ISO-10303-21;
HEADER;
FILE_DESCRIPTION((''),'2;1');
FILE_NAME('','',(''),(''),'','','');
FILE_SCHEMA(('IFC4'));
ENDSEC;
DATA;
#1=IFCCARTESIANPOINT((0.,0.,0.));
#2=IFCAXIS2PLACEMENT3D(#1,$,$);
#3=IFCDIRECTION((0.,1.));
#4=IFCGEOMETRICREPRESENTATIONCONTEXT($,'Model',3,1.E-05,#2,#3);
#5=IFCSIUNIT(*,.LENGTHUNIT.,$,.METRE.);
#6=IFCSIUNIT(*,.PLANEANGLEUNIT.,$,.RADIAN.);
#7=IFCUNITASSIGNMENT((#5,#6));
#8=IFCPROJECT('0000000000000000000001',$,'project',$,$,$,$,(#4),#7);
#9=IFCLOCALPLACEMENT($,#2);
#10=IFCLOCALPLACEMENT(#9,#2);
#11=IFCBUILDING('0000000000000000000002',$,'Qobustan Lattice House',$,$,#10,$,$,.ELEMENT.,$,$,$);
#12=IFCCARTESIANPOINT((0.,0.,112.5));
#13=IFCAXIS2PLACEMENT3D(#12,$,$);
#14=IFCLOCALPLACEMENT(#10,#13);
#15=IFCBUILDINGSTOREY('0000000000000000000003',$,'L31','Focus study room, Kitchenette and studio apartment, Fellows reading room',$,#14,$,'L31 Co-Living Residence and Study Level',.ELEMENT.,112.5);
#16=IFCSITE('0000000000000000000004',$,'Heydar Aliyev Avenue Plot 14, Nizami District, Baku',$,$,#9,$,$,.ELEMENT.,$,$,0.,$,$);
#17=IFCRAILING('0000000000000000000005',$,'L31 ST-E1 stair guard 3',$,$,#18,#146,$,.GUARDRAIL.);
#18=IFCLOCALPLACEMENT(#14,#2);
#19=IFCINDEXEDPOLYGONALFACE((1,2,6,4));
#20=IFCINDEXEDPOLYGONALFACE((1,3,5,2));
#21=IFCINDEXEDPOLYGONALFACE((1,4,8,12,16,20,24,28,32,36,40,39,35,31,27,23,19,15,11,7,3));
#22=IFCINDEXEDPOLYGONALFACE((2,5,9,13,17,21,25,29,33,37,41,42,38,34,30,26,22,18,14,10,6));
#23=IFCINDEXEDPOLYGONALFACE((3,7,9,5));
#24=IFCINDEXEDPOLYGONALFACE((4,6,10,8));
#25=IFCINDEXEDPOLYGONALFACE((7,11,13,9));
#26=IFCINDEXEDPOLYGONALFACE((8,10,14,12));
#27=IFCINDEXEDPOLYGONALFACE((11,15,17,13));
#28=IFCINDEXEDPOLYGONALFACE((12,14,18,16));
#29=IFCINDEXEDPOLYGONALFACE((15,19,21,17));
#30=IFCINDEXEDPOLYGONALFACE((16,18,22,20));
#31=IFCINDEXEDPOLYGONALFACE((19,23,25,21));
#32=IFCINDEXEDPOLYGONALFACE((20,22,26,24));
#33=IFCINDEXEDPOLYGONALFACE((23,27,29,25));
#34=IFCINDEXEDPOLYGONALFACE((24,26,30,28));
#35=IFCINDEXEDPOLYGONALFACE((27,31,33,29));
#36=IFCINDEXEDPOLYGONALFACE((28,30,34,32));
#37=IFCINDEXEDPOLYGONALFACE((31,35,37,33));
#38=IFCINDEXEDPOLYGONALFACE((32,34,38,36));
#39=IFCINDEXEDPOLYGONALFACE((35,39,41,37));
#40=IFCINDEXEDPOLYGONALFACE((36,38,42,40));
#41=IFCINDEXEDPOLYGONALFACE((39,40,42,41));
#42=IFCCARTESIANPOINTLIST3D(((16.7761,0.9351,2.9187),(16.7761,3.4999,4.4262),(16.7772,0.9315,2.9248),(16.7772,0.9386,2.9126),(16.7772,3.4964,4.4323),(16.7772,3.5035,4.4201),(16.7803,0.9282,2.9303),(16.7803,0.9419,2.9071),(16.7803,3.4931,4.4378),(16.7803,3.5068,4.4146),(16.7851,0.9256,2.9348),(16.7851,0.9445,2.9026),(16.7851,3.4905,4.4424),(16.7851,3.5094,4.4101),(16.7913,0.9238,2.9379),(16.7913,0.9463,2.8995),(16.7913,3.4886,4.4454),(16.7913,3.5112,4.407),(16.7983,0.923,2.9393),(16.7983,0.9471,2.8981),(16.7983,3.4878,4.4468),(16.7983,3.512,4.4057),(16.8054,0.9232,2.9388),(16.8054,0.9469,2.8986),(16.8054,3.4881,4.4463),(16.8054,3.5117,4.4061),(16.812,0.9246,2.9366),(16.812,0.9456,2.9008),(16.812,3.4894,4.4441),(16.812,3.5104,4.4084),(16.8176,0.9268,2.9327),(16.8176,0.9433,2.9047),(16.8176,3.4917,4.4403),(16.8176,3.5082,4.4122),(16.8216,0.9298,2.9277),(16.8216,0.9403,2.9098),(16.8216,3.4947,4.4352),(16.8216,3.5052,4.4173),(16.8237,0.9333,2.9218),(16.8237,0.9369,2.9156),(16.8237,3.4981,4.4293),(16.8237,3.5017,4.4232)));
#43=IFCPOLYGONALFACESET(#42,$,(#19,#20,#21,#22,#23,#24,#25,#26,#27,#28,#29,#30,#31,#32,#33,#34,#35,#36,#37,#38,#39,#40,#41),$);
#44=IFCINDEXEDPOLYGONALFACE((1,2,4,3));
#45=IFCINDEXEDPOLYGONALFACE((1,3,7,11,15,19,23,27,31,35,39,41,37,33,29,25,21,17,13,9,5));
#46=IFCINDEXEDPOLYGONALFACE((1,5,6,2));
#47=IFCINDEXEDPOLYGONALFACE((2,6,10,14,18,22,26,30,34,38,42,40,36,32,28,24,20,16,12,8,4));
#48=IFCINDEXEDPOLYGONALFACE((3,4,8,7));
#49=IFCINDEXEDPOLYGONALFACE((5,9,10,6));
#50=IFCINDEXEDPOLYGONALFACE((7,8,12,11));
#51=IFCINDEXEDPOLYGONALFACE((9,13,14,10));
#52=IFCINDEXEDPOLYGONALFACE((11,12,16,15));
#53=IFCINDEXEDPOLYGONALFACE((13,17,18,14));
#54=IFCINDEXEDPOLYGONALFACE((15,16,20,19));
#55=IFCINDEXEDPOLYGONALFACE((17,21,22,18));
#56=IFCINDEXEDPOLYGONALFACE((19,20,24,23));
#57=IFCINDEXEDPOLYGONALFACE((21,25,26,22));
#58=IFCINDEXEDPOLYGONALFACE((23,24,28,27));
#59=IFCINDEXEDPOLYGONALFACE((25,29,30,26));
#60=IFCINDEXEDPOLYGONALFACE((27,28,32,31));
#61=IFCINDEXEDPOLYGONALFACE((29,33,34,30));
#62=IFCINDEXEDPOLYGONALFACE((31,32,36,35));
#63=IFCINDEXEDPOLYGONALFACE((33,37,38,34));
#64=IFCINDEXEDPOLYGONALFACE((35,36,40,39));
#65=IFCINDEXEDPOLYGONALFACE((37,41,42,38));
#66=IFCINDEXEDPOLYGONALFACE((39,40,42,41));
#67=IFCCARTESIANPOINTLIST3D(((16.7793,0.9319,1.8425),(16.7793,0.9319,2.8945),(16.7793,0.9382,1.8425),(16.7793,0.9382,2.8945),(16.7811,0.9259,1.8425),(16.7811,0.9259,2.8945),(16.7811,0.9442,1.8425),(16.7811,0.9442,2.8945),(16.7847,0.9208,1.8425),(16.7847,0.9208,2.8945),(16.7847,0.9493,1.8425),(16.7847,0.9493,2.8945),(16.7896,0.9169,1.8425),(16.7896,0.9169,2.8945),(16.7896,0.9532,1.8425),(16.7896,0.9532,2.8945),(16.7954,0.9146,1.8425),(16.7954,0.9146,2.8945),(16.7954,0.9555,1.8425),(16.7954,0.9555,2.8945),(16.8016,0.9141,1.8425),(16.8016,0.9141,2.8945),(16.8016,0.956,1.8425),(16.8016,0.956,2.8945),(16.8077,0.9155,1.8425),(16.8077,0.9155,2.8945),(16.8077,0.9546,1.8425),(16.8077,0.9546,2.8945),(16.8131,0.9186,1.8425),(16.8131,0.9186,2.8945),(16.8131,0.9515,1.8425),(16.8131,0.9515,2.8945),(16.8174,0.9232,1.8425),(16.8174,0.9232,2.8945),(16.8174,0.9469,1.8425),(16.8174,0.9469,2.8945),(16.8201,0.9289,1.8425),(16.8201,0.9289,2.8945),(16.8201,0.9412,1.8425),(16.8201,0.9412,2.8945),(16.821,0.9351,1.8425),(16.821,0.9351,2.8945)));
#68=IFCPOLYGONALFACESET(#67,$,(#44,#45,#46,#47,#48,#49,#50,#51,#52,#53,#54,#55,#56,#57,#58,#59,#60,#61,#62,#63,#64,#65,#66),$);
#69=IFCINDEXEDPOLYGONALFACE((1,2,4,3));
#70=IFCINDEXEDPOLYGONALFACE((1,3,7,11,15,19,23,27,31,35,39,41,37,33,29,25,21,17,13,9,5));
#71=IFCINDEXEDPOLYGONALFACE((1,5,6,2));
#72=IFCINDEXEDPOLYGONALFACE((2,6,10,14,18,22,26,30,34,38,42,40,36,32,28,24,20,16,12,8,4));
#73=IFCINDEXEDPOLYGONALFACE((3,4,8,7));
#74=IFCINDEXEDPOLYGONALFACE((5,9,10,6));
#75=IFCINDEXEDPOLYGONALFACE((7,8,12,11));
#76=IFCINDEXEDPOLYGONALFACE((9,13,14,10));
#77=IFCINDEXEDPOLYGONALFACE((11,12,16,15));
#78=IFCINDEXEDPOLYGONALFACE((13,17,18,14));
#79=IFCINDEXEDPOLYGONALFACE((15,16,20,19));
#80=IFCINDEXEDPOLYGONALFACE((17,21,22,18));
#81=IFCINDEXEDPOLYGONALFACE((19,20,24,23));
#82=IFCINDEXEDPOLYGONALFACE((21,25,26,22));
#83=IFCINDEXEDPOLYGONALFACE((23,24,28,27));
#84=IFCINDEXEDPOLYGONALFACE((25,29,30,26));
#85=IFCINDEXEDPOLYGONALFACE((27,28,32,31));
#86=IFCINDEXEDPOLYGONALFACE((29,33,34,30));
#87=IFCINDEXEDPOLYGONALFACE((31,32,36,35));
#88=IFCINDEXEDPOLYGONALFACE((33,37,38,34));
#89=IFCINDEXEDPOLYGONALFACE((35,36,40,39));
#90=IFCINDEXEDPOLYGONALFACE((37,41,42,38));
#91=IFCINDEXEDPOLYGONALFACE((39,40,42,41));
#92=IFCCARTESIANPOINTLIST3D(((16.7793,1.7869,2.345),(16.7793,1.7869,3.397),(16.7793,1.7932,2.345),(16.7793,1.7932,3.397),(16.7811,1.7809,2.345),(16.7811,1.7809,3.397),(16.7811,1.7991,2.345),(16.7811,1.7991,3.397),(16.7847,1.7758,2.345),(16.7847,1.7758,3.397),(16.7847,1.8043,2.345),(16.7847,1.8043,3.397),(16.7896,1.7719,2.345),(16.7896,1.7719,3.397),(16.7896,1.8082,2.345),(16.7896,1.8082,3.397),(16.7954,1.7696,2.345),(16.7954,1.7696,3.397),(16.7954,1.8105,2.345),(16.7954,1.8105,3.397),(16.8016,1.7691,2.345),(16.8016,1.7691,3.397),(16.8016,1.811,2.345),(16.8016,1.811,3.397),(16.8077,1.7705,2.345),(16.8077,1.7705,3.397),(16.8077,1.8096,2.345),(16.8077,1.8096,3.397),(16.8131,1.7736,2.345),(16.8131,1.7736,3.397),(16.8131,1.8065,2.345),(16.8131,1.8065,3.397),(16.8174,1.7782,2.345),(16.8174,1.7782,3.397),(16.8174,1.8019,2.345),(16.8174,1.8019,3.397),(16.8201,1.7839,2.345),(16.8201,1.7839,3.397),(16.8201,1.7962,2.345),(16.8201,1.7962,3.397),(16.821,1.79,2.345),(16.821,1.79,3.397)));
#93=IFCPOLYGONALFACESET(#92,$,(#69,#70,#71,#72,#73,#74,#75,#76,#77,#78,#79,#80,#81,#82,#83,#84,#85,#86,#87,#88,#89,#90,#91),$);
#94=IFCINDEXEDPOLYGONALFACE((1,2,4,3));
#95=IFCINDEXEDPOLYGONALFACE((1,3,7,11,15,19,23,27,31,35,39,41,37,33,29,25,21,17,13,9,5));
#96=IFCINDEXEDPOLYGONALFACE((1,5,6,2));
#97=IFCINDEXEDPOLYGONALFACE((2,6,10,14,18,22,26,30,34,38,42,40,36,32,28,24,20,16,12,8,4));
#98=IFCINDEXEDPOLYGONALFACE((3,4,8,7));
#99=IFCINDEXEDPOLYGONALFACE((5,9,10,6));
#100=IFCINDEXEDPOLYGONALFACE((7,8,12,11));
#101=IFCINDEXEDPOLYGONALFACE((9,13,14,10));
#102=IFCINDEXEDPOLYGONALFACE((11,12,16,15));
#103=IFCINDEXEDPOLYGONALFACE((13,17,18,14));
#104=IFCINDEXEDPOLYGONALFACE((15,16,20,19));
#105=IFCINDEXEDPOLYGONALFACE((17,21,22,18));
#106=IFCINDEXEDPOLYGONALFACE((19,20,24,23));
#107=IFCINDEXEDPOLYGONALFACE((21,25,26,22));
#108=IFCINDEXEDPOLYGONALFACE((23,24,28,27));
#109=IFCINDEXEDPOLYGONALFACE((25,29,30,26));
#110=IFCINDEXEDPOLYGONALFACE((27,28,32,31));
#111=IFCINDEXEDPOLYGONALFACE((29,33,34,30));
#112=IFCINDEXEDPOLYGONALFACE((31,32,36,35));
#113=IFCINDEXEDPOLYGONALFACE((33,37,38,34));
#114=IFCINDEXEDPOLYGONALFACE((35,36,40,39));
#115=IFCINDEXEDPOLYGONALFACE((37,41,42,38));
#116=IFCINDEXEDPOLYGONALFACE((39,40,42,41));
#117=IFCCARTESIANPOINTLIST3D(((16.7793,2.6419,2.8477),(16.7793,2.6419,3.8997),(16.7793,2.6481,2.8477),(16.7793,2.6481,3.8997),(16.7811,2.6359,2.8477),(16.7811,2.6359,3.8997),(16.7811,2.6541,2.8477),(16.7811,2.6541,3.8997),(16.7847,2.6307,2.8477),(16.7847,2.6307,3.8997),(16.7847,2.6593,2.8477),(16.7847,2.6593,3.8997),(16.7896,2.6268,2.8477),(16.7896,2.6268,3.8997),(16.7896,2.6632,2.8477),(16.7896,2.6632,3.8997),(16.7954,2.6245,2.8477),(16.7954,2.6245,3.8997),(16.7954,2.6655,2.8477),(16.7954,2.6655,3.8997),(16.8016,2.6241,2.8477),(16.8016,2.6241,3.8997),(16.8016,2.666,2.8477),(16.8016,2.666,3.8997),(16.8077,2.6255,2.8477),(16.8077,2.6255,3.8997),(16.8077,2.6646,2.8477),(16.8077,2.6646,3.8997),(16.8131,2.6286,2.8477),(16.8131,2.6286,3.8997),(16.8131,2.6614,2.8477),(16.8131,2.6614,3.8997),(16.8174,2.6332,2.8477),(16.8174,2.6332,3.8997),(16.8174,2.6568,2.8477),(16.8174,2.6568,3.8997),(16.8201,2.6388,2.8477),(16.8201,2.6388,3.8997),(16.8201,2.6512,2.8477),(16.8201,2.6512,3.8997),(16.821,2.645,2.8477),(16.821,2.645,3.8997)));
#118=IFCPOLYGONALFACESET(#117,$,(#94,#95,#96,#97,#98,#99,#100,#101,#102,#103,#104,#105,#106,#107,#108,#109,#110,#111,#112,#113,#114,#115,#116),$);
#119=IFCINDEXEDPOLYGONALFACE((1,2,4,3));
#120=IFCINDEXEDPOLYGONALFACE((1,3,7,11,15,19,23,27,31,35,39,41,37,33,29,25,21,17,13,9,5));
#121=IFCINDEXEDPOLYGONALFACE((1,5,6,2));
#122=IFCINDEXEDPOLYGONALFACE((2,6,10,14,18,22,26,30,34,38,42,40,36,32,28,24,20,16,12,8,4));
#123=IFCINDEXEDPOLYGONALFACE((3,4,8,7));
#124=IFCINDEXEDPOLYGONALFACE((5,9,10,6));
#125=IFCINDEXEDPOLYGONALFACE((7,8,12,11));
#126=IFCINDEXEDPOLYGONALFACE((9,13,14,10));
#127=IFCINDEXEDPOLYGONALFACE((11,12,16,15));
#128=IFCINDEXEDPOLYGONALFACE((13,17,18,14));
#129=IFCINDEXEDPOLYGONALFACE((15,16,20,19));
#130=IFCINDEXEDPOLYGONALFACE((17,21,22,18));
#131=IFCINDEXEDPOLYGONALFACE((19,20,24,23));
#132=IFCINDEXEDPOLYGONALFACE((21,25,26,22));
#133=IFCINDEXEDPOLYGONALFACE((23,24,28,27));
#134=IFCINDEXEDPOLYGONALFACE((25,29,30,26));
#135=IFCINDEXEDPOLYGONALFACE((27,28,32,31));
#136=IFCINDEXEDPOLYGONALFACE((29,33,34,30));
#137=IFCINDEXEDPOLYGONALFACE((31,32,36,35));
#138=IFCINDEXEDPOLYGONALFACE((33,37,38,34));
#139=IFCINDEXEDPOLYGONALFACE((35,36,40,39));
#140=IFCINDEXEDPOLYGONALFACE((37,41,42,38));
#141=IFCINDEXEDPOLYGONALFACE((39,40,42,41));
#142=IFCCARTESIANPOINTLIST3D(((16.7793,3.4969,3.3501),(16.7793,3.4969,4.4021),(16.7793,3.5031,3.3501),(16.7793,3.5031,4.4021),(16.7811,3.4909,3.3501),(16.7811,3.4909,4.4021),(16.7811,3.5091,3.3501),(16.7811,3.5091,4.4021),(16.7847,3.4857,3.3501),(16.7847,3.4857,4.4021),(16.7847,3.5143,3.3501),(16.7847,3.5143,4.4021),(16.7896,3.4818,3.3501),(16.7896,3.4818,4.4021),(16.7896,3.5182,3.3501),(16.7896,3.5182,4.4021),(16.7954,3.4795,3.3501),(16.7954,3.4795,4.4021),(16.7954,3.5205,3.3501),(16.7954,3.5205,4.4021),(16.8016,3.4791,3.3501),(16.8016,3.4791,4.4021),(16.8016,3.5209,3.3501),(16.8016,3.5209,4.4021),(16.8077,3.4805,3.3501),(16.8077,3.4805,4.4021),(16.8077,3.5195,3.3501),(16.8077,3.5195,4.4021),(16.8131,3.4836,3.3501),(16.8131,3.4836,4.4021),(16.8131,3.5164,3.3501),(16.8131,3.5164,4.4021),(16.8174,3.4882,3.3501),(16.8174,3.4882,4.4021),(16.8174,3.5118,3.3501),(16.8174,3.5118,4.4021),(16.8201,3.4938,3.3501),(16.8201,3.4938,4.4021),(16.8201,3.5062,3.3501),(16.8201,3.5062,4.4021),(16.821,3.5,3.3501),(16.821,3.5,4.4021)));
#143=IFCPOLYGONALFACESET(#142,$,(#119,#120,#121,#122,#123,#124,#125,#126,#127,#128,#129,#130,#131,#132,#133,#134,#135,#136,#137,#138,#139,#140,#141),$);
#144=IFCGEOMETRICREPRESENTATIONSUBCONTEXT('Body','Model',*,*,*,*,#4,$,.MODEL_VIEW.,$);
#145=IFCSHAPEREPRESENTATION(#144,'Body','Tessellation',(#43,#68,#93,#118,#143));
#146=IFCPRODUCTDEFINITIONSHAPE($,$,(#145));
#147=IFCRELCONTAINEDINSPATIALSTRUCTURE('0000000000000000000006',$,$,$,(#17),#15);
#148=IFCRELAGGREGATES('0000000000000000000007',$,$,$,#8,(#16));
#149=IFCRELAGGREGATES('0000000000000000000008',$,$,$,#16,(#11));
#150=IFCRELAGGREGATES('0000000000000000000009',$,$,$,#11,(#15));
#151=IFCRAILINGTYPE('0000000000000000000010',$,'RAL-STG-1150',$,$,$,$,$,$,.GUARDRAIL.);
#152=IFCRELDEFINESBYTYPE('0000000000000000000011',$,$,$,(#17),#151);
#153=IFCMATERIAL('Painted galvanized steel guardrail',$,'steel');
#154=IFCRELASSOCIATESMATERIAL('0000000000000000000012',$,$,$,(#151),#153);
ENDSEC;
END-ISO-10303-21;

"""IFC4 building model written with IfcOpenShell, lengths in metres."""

from ifc_helpers import new_model, si_unit, direction, frame, origin, origin_2d, place, context, subcontext, project, spatial, circle, extrude, material, type_object, element, save


model = new_model("IFC4")

# Units and contexts
model_context = context("Model", 3, precision=1e-05, world=origin(), true_north=direction((0.0, 1.0)))
body_context = subcontext(model_context, "Body", "Model", "MODEL_VIEW")
ifc_project = project(units=[si_unit("LENGTHUNIT", "METRE"), si_unit("PLANEANGLEUNIT", "RADIAN")], contexts=[model_context])

# Site, building, storey
site_placement = place(None, origin())
site = spatial("IfcSite", under=ifc_project, at=site_placement, Name="Heydar Aliyev Avenue Plot 14, Nizami District, Baku", CompositionType="ELEMENT", RefElevation=0.0)
building_placement = place(site_placement, origin())
building = spatial("IfcBuilding", under=site, at=building_placement, Name="Qobustan Lattice House", CompositionType="ELEMENT")
storey_placement = place(building_placement, frame((0.0, 0.0, 112.5)))
storey = spatial("IfcBuildingStorey", under=building, at=storey_placement, Name="L31", Description="Focus study room, Kitchenette and studio apartment, Fellows reading room", LongName="L31 Co-Living Residence and Study Level", CompositionType="ELEMENT", Elevation=112.5)

# Railing
ifc_material_1 = material(Name="Painted galvanized steel guardrail", Category="steel")
railing_type_1 = type_object("IfcRailingType", Name="RAL-STG-1150", PredefinedType="GUARDRAIL", material=ifc_material_1)
railing_1_placement = place(storey_placement, frame((16.8, 0.9351, 1.8425)))
element("IfcRailing", 1, at=railing_1_placement, inside=storey, type_object=railing_type_1, Name="L31 ST-E1 stair guard 3", PredefinedType="GUARDRAIL", context=body_context, shape_type="SweptSolid", body=[
    extrude(circle(Radius=0.0239, at=origin_2d()), frame((0.0, 0.0, 1.0762), z_axis=(0.0, 0.862113, 0.506715), x_axis=(-1.0, 0.0, 0.0)), (0.0, 0.0, 1.0), 2.9751),
    extrude(circle(Radius=0.021, at=origin_2d()), origin(), (0.0, 0.0, 1.0), 1.052),
    extrude(circle(Radius=0.021, at=origin_2d()), frame((0.0, 0.855, 0.5024)), (0.0, 0.0, 1.0), 1.052),
    extrude(circle(Radius=0.021, at=origin_2d()), frame((0.0, 1.71, 1.0051)), (0.0, 0.0, 1.0), 1.052),
    extrude(circle(Radius=0.021, at=origin_2d()), frame((0.0, 2.5649, 1.5076)), (0.0, 0.0, 1.0), 1.052),
])

save(model, "model.ifc")
